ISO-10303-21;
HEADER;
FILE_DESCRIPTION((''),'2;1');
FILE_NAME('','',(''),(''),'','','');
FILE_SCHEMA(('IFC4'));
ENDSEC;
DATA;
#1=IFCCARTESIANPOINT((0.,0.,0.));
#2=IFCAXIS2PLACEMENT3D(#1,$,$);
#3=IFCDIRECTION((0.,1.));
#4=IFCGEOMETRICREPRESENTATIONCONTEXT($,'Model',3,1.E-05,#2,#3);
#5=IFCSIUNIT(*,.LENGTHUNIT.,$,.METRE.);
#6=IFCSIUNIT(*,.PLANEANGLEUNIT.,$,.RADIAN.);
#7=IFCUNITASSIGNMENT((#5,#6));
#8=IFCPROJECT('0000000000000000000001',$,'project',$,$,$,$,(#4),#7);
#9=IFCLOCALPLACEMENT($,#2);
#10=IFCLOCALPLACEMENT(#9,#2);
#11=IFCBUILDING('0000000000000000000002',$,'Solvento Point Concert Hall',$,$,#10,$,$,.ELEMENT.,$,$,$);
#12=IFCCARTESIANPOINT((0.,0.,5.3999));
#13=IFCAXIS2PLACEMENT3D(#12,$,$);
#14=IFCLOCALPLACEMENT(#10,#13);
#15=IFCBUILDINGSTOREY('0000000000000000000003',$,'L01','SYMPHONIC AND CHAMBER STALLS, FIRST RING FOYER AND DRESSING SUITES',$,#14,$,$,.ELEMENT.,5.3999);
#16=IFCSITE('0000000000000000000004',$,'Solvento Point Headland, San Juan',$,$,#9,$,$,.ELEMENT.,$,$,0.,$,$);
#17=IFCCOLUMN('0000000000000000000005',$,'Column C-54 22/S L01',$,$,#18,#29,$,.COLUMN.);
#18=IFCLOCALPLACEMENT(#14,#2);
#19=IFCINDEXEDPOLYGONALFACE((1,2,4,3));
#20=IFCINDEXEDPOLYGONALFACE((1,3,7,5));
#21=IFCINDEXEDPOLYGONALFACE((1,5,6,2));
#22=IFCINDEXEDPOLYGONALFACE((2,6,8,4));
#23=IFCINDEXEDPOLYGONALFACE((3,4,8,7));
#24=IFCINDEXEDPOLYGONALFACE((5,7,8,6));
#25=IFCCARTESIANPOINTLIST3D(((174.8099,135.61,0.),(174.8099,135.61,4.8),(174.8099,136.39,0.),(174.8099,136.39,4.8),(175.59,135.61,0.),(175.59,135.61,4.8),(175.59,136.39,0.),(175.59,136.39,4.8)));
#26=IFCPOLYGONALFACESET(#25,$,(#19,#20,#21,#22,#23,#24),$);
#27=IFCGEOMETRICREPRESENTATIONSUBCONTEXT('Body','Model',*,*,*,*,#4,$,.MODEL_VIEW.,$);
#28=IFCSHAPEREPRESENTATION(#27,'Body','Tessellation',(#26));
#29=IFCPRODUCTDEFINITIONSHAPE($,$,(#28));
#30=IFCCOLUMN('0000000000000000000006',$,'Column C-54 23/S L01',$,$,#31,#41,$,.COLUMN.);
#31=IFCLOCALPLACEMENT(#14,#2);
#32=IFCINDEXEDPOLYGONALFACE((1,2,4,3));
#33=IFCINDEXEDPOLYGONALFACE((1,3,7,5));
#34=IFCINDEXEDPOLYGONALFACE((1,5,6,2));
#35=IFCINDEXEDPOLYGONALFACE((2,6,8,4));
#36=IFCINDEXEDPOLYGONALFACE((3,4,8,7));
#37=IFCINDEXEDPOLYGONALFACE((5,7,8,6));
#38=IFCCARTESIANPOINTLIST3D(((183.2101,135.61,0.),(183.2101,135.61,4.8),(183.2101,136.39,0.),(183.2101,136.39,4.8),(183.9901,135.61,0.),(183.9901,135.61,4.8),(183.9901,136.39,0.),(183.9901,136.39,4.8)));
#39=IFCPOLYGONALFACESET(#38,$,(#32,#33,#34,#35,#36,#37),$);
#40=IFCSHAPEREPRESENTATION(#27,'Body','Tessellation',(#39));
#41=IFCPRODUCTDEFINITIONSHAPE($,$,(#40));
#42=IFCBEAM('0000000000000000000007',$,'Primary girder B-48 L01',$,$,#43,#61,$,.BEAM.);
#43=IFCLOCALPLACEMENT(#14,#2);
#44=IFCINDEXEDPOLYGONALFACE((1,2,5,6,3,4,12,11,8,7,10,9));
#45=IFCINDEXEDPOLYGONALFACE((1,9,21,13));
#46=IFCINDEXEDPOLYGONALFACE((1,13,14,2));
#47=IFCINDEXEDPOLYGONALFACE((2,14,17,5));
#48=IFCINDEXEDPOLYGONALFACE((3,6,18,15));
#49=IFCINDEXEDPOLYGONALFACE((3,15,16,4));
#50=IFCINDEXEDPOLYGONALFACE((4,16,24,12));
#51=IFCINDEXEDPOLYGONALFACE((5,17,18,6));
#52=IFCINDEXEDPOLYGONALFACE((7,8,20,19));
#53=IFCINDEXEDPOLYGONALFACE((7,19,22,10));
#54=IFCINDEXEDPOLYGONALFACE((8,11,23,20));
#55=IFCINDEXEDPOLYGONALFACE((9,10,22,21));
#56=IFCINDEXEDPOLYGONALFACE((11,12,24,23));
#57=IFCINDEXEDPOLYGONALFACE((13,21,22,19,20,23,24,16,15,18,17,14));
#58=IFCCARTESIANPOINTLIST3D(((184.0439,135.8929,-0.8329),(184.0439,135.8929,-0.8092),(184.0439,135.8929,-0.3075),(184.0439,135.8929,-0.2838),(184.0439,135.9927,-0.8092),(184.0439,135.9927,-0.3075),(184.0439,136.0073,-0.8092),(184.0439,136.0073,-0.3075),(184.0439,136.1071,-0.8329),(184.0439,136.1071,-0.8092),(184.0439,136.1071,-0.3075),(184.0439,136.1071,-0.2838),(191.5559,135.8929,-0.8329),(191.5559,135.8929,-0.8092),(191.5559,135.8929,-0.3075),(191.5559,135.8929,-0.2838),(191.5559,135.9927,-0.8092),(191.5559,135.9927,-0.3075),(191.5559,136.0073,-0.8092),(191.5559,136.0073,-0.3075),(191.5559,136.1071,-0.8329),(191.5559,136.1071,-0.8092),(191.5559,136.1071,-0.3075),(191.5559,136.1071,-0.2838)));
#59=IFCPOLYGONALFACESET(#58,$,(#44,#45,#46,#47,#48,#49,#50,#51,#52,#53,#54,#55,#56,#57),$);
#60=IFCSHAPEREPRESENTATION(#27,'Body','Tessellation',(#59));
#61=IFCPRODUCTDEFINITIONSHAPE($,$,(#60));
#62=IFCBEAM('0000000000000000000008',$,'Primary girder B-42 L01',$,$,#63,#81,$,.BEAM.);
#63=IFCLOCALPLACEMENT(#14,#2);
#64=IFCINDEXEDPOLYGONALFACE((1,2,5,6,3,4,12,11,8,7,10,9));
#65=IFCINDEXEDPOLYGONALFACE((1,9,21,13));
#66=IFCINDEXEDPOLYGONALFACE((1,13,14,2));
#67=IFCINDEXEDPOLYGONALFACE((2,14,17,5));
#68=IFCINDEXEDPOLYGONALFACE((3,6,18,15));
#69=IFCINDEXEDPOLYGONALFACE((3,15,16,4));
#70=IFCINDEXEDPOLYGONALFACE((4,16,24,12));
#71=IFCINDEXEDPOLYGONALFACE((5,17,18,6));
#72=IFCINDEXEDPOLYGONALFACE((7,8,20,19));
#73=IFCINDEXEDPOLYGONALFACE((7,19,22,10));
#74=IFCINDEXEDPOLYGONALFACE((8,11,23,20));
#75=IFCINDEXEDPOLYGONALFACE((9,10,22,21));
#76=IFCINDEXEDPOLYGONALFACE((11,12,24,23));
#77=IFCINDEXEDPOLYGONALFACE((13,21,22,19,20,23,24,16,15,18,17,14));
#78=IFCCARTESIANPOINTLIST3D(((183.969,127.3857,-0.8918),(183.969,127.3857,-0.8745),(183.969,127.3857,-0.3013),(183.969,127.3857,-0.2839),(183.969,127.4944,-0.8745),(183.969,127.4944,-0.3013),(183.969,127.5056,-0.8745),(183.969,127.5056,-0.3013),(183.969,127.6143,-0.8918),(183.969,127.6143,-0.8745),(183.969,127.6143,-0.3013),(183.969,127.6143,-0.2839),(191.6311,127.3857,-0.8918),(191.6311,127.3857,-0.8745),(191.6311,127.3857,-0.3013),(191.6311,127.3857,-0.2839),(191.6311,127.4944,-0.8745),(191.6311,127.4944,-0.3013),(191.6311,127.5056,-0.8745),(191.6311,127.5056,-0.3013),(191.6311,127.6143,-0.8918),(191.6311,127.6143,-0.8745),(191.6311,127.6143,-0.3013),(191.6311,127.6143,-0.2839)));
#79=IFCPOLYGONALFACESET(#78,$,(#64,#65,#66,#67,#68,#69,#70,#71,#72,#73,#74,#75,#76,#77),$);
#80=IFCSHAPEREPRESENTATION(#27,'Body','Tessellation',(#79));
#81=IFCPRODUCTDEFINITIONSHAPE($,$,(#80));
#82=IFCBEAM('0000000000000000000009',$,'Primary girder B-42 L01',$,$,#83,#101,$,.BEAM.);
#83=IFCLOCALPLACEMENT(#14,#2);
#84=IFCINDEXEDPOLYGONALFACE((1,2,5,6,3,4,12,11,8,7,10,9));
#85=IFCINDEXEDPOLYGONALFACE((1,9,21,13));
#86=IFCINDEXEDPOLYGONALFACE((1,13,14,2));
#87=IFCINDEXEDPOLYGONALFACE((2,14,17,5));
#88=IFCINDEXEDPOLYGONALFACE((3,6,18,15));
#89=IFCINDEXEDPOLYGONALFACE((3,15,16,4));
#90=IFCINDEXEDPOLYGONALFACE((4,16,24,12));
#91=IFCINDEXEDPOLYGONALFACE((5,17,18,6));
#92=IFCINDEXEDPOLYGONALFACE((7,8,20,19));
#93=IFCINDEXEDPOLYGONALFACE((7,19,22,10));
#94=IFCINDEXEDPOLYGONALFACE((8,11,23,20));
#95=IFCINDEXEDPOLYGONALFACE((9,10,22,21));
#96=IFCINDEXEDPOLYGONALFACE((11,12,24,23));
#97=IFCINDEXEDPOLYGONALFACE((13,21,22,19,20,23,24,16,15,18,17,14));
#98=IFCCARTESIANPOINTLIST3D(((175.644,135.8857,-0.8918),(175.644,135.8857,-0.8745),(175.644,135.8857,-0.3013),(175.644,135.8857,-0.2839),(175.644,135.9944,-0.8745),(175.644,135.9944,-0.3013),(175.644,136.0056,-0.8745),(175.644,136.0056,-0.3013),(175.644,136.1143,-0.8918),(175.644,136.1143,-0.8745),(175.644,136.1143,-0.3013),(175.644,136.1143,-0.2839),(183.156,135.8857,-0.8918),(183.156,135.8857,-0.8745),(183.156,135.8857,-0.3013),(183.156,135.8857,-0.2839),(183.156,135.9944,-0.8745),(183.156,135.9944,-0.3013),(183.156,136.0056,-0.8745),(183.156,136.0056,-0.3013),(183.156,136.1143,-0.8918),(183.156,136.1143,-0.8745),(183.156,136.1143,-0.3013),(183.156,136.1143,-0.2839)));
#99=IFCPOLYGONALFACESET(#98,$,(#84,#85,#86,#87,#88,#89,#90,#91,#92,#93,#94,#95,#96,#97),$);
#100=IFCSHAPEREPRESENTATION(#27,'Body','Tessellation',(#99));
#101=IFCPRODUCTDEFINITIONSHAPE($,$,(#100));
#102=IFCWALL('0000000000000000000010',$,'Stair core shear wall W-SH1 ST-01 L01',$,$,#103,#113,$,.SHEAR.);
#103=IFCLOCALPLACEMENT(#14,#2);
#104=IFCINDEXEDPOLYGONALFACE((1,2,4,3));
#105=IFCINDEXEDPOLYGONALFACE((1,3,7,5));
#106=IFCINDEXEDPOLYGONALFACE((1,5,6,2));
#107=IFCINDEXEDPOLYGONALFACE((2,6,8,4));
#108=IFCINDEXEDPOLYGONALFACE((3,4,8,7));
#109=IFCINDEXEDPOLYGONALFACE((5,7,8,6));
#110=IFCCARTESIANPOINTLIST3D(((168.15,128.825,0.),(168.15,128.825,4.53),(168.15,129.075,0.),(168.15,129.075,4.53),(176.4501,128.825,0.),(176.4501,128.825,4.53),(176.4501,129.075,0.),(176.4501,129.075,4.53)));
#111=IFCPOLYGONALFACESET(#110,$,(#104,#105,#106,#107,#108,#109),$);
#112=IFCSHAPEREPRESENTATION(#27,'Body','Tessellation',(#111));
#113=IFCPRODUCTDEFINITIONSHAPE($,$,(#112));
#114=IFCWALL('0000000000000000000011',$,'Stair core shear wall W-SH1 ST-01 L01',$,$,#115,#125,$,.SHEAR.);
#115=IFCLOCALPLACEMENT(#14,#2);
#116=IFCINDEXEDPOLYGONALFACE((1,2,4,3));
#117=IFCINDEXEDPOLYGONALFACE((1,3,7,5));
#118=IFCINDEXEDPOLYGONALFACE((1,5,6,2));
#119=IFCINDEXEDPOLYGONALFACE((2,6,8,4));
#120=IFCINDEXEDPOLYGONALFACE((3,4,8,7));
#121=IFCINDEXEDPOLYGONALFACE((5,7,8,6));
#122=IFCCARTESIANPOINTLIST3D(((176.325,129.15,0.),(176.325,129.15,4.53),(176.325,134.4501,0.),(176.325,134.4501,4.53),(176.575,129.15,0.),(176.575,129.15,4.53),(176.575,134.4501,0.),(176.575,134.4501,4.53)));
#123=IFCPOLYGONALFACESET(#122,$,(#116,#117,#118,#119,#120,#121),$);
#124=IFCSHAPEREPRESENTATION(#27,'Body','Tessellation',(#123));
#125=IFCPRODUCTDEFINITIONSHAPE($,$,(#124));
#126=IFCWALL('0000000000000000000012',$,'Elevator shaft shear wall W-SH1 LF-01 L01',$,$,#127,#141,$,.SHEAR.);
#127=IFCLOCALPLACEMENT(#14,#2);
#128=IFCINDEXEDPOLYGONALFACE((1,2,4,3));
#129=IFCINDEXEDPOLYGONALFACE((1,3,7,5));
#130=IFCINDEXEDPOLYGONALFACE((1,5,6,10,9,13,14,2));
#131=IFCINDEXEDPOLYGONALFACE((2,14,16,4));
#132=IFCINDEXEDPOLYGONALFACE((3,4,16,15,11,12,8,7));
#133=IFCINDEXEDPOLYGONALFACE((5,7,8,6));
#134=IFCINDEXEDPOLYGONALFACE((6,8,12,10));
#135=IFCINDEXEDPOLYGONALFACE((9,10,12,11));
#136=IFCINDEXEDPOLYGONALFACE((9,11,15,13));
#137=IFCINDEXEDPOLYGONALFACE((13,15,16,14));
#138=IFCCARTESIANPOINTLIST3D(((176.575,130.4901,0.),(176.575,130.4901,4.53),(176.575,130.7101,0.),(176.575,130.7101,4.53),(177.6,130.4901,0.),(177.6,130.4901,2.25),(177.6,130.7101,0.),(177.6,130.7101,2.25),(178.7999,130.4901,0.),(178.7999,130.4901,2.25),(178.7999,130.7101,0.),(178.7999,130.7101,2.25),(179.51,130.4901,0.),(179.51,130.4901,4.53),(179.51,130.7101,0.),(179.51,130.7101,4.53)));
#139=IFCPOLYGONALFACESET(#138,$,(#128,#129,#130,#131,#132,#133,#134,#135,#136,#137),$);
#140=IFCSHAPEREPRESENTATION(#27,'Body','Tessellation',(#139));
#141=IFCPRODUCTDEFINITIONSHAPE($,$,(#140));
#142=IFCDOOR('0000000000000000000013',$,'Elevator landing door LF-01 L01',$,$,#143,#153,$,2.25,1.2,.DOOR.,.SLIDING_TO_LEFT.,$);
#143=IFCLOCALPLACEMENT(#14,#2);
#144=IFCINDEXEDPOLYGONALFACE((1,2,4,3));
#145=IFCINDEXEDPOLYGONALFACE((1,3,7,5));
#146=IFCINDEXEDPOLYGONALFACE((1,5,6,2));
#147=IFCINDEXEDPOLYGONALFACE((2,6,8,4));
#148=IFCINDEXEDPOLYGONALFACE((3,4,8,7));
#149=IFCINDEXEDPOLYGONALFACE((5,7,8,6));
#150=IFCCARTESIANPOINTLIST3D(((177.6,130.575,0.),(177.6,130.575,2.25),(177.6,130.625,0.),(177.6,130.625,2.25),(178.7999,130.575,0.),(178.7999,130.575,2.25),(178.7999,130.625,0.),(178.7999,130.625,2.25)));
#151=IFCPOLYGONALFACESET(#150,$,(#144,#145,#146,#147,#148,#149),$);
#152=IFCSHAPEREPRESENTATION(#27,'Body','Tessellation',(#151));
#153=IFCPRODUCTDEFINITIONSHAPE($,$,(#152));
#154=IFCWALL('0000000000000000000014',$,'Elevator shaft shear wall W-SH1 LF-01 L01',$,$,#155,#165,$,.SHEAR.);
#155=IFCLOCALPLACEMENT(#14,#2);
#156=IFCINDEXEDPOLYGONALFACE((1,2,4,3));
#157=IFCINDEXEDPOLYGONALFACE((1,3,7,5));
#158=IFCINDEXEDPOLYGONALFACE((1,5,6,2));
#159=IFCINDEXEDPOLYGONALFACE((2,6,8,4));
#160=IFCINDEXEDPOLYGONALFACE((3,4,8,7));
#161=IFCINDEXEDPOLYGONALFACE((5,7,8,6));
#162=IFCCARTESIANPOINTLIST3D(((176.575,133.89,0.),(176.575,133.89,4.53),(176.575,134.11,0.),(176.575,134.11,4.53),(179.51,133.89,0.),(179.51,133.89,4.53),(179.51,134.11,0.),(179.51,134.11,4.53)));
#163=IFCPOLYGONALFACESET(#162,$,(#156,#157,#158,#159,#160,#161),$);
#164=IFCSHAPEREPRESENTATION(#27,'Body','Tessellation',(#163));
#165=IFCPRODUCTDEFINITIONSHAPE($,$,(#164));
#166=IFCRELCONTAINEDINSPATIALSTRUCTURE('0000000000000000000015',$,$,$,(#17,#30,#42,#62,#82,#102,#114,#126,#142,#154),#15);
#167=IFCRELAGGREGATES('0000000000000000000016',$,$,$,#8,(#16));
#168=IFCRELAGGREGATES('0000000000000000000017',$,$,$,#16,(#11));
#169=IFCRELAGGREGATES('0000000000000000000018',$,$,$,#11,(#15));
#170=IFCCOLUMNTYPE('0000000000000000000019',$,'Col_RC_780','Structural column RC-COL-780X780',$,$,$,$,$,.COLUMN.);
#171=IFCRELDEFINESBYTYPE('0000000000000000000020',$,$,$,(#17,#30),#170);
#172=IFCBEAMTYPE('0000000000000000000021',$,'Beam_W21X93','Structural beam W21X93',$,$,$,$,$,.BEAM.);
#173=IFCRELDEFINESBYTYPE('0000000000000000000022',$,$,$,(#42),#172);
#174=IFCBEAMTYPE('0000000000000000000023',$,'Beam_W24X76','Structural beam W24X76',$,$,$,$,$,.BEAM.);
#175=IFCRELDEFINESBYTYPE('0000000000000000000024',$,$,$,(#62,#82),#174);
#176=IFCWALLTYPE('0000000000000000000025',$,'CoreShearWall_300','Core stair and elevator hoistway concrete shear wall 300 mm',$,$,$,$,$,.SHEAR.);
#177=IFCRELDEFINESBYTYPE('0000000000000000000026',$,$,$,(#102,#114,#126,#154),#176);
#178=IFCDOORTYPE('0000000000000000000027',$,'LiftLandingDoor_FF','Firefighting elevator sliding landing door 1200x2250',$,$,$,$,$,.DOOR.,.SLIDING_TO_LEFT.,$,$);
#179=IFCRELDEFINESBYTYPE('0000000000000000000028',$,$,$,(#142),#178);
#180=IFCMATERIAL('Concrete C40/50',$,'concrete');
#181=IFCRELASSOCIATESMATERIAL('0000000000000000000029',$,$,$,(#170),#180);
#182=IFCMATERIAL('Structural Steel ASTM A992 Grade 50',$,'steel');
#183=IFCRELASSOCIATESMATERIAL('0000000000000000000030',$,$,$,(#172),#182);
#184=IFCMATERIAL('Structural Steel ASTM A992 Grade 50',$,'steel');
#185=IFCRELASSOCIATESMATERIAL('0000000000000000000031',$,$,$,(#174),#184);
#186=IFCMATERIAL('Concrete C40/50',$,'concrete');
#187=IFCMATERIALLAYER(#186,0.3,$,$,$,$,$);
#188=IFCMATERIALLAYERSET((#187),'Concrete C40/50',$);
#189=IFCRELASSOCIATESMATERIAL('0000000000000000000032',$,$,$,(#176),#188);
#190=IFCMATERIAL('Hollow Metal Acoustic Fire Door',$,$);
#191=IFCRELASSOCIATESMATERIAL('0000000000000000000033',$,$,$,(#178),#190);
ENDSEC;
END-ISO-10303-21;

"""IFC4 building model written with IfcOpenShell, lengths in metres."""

from ifc_helpers import new_model, si_unit, direction, frame, frame_2d, origin, origin_2d, place, context, subcontext, project, spatial, rectangle, i_section, extrude, material, layer, layer_set, material_profile, profile_set, type_object, element, fill, save


model = new_model("IFC4")

# Units and contexts
model_context = context("Model", 3, precision=1e-05, world=origin(), true_north=direction((0.0, 1.0)))
body_context = subcontext(model_context, "Body", "Model", "MODEL_VIEW")
ifc_project = project(units=[si_unit("LENGTHUNIT", "METRE"), si_unit("PLANEANGLEUNIT", "RADIAN")], contexts=[model_context])

# Site, building, storey
site_placement = place(None, origin())
site = spatial("IfcSite", under=ifc_project, at=site_placement, Name="Solvento Point Headland, San Juan", CompositionType="ELEMENT", RefElevation=0.0)
building_placement = place(site_placement, origin())
building = spatial("IfcBuilding", under=site, at=building_placement, Name="Solvento Point Concert Hall", CompositionType="ELEMENT")
storey_placement = place(building_placement, frame((0.0, 0.0, 5.3999)))
storey = spatial("IfcBuildingStorey", under=building, at=storey_placement, Name="L01", Description="SYMPHONIC AND CHAMBER STALLS, FIRST RING FOYER AND DRESSING SUITES", CompositionType="ELEMENT", Elevation=5.3999)

# Columns
ifc_material_1 = material(Name="Concrete C40/50", Category="concrete")
ifc_material_profile_1 = material_profile(ifc_material_1, rectangle(XDim=0.78, YDim=0.78, at=origin_2d()), Name="RC-COL-780X780")
ifc_profile_set_1 = profile_set([ifc_material_profile_1], Name="Concrete C40/50")
column_type = type_object("IfcColumnType", Name="Col_RC_780", Description="Structural column RC-COL-780X780", PredefinedType="COLUMN", material=ifc_profile_set_1)
for number, where, z_axis, x_axis, name in (
    (1, (175.2, 136.0, 0.0), (0.0, 0.0, 1.0), (1.0, 0.0, 0.0), "Column C-54 22/S L01"),
    (2, (183.6001, 136.0, 0.0), (0.0, 0.0, 1.0), (1.0, 0.0, 0.0), "Column C-54 23/S L01"),
):
    element("IfcColumn", number, at=place(storey_placement, frame(where, z_axis=z_axis, x_axis=x_axis)), inside=storey, type_object=column_type, Name=name, PredefinedType="COLUMN", context=body_context, shape_type="SweptSolid", body=[
        extrude(rectangle(XDim=0.78, YDim=0.78, at=origin_2d()), origin(), (0.0, 0.0, 1.0), 4.8),
    ])

# Beams
ifc_material_2 = material(Name="Structural Steel ASTM A992 Grade 50", Category="steel")
ifc_material_profile_2 = material_profile(ifc_material_2, i_section(OverallWidth=0.2141, OverallDepth=0.5491, WebThickness=0.0146, FlangeThickness=0.0237, at=origin_2d()), Name="W21X93")
ifc_profile_set_2 = profile_set([ifc_material_profile_2], Name="Structural Steel ASTM A992 Grade 50")
beam_type_1 = type_object("IfcBeamType", Name="Beam_W21X93", Description="Structural beam W21X93", PredefinedType="BEAM", material=ifc_profile_set_2)
beam_1_placement = place(storey_placement, frame((184.0439, 136.0, -0.5583), z_axis=(1.0, 0.0, 0.0), x_axis=(0.0, 1.0, 0.0)))
element("IfcBeam", 3, at=beam_1_placement, inside=storey, type_object=beam_type_1, Name="Primary girder B-48 L01", PredefinedType="BEAM", context=body_context, shape_type="SweptSolid", body=[
    extrude(i_section(OverallWidth=0.2141, OverallDepth=0.5491, WebThickness=0.0146, FlangeThickness=0.0237, at=origin_2d()), origin(), (0.0, 0.0, 1.0), 7.512),
])
ifc_material_3 = material(Name="Structural Steel ASTM A992 Grade 50", Category="steel")
ifc_material_profile_3 = material_profile(ifc_material_3, i_section(OverallWidth=0.2285, OverallDepth=0.6079, WebThickness=0.0112, FlangeThickness=0.0173, at=origin_2d()), Name="W24X76")
ifc_profile_set_3 = profile_set([ifc_material_profile_3], Name="Structural Steel ASTM A992 Grade 50")
beam_type_2 = type_object("IfcBeamType", Name="Beam_W24X76", Description="Structural beam W24X76", PredefinedType="BEAM", material=ifc_profile_set_3)
beam_2_placement = place(storey_placement, frame((183.969, 127.5, -0.5879), z_axis=(1.0, 0.0, 0.0), x_axis=(0.0, 1.0, 0.0)))
element("IfcBeam", 4, at=beam_2_placement, inside=storey, type_object=beam_type_2, Name="Primary girder B-42 L01", PredefinedType="BEAM", context=body_context, shape_type="SweptSolid", body=[
    extrude(i_section(OverallWidth=0.2285, OverallDepth=0.6079, WebThickness=0.0112, FlangeThickness=0.0173, at=origin_2d()), origin(), (0.0, 0.0, 1.0), 7.6621),
])
beam_3_placement = place(storey_placement, frame((175.644, 136.0, -0.5879), z_axis=(1.0, 0.0, 0.0), x_axis=(0.0, 1.0, 0.0)))
element("IfcBeam", 5, at=beam_3_placement, inside=storey, type_object=beam_type_2, Name="Primary girder B-42 L01", PredefinedType="BEAM", context=body_context, shape_type="SweptSolid", body=[
    extrude(i_section(OverallWidth=0.2285, OverallDepth=0.6079, WebThickness=0.0112, FlangeThickness=0.0173, at=origin_2d()), origin(), (0.0, 0.0, 1.0), 7.512),
])

# Walls
ifc_material_4 = material(Name="Concrete C40/50", Category="concrete")
ifc_layer_1 = layer(ifc_material_4, 0.3)
ifc_layer_set_1 = layer_set([ifc_layer_1], Name="Concrete C40/50")
wall_type_1 = type_object("IfcWallType", Name="CoreShearWall_300", Description="Core stair and elevator hoistway concrete shear wall 300 mm", PredefinedType="SHEAR", material=ifc_layer_set_1)
wall_1_placement = place(storey_placement, frame((176.45, 128.95, 0.0), z_axis=(0.0, 0.0, 1.0), x_axis=(-1.0, 0.0, 0.0)))
element("IfcWall", 6, at=wall_1_placement, inside=storey, type_object=wall_type_1, Name="Stair core shear wall W-SH1 ST-01 L01", PredefinedType="SHEAR", context=body_context, shape_type="SweptSolid", body=[
    extrude(rectangle(XDim=8.3, YDim=0.25, at=frame_2d((4.1499, 0.0))), origin(), (0.0, 0.0, 1.0), 4.53),
])
wall_2_placement = place(storey_placement, frame((176.45, 134.45, 0.0), z_axis=(0.0, 0.0, 1.0), x_axis=(0.0, -1.0, 0.0)))
element("IfcWall", 7, at=wall_2_placement, inside=storey, type_object=wall_type_1, Name="Stair core shear wall W-SH1 ST-01 L01", PredefinedType="SHEAR", context=body_context, shape_type="SweptSolid", body=[
    extrude(rectangle(XDim=5.3, YDim=0.25, at=frame_2d((2.6499, 0.0))), origin(), (0.0, 0.0, 1.0), 4.53),
])

# Wall, opening, door
wall_3_placement = place(storey_placement, frame((176.575, 130.6001, 0.0), z_axis=(0.0, 0.0, 1.0), x_axis=(1.0, 0.0, 0.0)))
wall_3 = element("IfcWall", 8, at=wall_3_placement, inside=storey, type_object=wall_type_1, Name="Elevator shaft shear wall W-SH1 LF-01 L01", PredefinedType="SHEAR", context=body_context, shape_type="SweptSolid", body=[
    extrude(rectangle(XDim=2.9351, YDim=0.22, at=frame_2d((1.4675, 0.0))), origin(), (0.0, 0.0, 1.0), 4.53),
])
opening_1_placement = place(wall_3_placement, frame((1.0249, 0.0, 0.0)))
opening_1 = element("IfcOpeningElement", 9, at=opening_1_placement, cuts=wall_3, PredefinedType="OPENING", context=body_context, shape_type="SweptSolid", body=[
    extrude(rectangle(XDim=1.2, YDim=2.25, at=frame_2d((0.6001, 1.125))), frame((0.0, 0.1199, 0.0), z_axis=(0.0, -1.0, 0.0), x_axis=(1.0, 0.0, 0.0)), (0.0, 0.0, 1.0), 0.24),
])
ifc_material_5 = material(Name="Hollow Metal Acoustic Fire Door")
door_type = type_object("IfcDoorType", Name="LiftLandingDoor_FF", Description="Firefighting elevator sliding landing door 1200x2250", OperationType="SLIDING_TO_LEFT", PredefinedType="DOOR", material=ifc_material_5)
door_placement = place(opening_1_placement, origin())
door = element("IfcDoor", 10, at=door_placement, inside=storey, type_object=door_type, Name="Elevator landing door LF-01 L01", OperationType="SLIDING_TO_LEFT", OverallHeight=2.25, OverallWidth=1.2, PredefinedType="DOOR", context=body_context, shape_type="SweptSolid", body=[
    extrude(rectangle(XDim=1.2, YDim=2.25, at=frame_2d((0.6001, 1.125))), frame((0.0, 0.0249, 0.0), z_axis=(0.0, -1.0, 0.0), x_axis=(1.0, 0.0, 0.0)), (0.0, 0.0, 1.0), 0.05),
])
fill(opening_1, door)

# Wall
wall_4_placement = place(storey_placement, frame((176.575, 134.0, 0.0), z_axis=(0.0, 0.0, 1.0), x_axis=(1.0, 0.0, 0.0)))
element("IfcWall", 11, at=wall_4_placement, inside=storey, type_object=wall_type_1, Name="Elevator shaft shear wall W-SH1 LF-01 L01", PredefinedType="SHEAR", context=body_context, shape_type="SweptSolid", body=[
    extrude(rectangle(XDim=2.9351, YDim=0.22, at=frame_2d((1.4675, 0.0))), origin(), (0.0, 0.0, 1.0), 4.53),
])

save(model, "model.ifc")
